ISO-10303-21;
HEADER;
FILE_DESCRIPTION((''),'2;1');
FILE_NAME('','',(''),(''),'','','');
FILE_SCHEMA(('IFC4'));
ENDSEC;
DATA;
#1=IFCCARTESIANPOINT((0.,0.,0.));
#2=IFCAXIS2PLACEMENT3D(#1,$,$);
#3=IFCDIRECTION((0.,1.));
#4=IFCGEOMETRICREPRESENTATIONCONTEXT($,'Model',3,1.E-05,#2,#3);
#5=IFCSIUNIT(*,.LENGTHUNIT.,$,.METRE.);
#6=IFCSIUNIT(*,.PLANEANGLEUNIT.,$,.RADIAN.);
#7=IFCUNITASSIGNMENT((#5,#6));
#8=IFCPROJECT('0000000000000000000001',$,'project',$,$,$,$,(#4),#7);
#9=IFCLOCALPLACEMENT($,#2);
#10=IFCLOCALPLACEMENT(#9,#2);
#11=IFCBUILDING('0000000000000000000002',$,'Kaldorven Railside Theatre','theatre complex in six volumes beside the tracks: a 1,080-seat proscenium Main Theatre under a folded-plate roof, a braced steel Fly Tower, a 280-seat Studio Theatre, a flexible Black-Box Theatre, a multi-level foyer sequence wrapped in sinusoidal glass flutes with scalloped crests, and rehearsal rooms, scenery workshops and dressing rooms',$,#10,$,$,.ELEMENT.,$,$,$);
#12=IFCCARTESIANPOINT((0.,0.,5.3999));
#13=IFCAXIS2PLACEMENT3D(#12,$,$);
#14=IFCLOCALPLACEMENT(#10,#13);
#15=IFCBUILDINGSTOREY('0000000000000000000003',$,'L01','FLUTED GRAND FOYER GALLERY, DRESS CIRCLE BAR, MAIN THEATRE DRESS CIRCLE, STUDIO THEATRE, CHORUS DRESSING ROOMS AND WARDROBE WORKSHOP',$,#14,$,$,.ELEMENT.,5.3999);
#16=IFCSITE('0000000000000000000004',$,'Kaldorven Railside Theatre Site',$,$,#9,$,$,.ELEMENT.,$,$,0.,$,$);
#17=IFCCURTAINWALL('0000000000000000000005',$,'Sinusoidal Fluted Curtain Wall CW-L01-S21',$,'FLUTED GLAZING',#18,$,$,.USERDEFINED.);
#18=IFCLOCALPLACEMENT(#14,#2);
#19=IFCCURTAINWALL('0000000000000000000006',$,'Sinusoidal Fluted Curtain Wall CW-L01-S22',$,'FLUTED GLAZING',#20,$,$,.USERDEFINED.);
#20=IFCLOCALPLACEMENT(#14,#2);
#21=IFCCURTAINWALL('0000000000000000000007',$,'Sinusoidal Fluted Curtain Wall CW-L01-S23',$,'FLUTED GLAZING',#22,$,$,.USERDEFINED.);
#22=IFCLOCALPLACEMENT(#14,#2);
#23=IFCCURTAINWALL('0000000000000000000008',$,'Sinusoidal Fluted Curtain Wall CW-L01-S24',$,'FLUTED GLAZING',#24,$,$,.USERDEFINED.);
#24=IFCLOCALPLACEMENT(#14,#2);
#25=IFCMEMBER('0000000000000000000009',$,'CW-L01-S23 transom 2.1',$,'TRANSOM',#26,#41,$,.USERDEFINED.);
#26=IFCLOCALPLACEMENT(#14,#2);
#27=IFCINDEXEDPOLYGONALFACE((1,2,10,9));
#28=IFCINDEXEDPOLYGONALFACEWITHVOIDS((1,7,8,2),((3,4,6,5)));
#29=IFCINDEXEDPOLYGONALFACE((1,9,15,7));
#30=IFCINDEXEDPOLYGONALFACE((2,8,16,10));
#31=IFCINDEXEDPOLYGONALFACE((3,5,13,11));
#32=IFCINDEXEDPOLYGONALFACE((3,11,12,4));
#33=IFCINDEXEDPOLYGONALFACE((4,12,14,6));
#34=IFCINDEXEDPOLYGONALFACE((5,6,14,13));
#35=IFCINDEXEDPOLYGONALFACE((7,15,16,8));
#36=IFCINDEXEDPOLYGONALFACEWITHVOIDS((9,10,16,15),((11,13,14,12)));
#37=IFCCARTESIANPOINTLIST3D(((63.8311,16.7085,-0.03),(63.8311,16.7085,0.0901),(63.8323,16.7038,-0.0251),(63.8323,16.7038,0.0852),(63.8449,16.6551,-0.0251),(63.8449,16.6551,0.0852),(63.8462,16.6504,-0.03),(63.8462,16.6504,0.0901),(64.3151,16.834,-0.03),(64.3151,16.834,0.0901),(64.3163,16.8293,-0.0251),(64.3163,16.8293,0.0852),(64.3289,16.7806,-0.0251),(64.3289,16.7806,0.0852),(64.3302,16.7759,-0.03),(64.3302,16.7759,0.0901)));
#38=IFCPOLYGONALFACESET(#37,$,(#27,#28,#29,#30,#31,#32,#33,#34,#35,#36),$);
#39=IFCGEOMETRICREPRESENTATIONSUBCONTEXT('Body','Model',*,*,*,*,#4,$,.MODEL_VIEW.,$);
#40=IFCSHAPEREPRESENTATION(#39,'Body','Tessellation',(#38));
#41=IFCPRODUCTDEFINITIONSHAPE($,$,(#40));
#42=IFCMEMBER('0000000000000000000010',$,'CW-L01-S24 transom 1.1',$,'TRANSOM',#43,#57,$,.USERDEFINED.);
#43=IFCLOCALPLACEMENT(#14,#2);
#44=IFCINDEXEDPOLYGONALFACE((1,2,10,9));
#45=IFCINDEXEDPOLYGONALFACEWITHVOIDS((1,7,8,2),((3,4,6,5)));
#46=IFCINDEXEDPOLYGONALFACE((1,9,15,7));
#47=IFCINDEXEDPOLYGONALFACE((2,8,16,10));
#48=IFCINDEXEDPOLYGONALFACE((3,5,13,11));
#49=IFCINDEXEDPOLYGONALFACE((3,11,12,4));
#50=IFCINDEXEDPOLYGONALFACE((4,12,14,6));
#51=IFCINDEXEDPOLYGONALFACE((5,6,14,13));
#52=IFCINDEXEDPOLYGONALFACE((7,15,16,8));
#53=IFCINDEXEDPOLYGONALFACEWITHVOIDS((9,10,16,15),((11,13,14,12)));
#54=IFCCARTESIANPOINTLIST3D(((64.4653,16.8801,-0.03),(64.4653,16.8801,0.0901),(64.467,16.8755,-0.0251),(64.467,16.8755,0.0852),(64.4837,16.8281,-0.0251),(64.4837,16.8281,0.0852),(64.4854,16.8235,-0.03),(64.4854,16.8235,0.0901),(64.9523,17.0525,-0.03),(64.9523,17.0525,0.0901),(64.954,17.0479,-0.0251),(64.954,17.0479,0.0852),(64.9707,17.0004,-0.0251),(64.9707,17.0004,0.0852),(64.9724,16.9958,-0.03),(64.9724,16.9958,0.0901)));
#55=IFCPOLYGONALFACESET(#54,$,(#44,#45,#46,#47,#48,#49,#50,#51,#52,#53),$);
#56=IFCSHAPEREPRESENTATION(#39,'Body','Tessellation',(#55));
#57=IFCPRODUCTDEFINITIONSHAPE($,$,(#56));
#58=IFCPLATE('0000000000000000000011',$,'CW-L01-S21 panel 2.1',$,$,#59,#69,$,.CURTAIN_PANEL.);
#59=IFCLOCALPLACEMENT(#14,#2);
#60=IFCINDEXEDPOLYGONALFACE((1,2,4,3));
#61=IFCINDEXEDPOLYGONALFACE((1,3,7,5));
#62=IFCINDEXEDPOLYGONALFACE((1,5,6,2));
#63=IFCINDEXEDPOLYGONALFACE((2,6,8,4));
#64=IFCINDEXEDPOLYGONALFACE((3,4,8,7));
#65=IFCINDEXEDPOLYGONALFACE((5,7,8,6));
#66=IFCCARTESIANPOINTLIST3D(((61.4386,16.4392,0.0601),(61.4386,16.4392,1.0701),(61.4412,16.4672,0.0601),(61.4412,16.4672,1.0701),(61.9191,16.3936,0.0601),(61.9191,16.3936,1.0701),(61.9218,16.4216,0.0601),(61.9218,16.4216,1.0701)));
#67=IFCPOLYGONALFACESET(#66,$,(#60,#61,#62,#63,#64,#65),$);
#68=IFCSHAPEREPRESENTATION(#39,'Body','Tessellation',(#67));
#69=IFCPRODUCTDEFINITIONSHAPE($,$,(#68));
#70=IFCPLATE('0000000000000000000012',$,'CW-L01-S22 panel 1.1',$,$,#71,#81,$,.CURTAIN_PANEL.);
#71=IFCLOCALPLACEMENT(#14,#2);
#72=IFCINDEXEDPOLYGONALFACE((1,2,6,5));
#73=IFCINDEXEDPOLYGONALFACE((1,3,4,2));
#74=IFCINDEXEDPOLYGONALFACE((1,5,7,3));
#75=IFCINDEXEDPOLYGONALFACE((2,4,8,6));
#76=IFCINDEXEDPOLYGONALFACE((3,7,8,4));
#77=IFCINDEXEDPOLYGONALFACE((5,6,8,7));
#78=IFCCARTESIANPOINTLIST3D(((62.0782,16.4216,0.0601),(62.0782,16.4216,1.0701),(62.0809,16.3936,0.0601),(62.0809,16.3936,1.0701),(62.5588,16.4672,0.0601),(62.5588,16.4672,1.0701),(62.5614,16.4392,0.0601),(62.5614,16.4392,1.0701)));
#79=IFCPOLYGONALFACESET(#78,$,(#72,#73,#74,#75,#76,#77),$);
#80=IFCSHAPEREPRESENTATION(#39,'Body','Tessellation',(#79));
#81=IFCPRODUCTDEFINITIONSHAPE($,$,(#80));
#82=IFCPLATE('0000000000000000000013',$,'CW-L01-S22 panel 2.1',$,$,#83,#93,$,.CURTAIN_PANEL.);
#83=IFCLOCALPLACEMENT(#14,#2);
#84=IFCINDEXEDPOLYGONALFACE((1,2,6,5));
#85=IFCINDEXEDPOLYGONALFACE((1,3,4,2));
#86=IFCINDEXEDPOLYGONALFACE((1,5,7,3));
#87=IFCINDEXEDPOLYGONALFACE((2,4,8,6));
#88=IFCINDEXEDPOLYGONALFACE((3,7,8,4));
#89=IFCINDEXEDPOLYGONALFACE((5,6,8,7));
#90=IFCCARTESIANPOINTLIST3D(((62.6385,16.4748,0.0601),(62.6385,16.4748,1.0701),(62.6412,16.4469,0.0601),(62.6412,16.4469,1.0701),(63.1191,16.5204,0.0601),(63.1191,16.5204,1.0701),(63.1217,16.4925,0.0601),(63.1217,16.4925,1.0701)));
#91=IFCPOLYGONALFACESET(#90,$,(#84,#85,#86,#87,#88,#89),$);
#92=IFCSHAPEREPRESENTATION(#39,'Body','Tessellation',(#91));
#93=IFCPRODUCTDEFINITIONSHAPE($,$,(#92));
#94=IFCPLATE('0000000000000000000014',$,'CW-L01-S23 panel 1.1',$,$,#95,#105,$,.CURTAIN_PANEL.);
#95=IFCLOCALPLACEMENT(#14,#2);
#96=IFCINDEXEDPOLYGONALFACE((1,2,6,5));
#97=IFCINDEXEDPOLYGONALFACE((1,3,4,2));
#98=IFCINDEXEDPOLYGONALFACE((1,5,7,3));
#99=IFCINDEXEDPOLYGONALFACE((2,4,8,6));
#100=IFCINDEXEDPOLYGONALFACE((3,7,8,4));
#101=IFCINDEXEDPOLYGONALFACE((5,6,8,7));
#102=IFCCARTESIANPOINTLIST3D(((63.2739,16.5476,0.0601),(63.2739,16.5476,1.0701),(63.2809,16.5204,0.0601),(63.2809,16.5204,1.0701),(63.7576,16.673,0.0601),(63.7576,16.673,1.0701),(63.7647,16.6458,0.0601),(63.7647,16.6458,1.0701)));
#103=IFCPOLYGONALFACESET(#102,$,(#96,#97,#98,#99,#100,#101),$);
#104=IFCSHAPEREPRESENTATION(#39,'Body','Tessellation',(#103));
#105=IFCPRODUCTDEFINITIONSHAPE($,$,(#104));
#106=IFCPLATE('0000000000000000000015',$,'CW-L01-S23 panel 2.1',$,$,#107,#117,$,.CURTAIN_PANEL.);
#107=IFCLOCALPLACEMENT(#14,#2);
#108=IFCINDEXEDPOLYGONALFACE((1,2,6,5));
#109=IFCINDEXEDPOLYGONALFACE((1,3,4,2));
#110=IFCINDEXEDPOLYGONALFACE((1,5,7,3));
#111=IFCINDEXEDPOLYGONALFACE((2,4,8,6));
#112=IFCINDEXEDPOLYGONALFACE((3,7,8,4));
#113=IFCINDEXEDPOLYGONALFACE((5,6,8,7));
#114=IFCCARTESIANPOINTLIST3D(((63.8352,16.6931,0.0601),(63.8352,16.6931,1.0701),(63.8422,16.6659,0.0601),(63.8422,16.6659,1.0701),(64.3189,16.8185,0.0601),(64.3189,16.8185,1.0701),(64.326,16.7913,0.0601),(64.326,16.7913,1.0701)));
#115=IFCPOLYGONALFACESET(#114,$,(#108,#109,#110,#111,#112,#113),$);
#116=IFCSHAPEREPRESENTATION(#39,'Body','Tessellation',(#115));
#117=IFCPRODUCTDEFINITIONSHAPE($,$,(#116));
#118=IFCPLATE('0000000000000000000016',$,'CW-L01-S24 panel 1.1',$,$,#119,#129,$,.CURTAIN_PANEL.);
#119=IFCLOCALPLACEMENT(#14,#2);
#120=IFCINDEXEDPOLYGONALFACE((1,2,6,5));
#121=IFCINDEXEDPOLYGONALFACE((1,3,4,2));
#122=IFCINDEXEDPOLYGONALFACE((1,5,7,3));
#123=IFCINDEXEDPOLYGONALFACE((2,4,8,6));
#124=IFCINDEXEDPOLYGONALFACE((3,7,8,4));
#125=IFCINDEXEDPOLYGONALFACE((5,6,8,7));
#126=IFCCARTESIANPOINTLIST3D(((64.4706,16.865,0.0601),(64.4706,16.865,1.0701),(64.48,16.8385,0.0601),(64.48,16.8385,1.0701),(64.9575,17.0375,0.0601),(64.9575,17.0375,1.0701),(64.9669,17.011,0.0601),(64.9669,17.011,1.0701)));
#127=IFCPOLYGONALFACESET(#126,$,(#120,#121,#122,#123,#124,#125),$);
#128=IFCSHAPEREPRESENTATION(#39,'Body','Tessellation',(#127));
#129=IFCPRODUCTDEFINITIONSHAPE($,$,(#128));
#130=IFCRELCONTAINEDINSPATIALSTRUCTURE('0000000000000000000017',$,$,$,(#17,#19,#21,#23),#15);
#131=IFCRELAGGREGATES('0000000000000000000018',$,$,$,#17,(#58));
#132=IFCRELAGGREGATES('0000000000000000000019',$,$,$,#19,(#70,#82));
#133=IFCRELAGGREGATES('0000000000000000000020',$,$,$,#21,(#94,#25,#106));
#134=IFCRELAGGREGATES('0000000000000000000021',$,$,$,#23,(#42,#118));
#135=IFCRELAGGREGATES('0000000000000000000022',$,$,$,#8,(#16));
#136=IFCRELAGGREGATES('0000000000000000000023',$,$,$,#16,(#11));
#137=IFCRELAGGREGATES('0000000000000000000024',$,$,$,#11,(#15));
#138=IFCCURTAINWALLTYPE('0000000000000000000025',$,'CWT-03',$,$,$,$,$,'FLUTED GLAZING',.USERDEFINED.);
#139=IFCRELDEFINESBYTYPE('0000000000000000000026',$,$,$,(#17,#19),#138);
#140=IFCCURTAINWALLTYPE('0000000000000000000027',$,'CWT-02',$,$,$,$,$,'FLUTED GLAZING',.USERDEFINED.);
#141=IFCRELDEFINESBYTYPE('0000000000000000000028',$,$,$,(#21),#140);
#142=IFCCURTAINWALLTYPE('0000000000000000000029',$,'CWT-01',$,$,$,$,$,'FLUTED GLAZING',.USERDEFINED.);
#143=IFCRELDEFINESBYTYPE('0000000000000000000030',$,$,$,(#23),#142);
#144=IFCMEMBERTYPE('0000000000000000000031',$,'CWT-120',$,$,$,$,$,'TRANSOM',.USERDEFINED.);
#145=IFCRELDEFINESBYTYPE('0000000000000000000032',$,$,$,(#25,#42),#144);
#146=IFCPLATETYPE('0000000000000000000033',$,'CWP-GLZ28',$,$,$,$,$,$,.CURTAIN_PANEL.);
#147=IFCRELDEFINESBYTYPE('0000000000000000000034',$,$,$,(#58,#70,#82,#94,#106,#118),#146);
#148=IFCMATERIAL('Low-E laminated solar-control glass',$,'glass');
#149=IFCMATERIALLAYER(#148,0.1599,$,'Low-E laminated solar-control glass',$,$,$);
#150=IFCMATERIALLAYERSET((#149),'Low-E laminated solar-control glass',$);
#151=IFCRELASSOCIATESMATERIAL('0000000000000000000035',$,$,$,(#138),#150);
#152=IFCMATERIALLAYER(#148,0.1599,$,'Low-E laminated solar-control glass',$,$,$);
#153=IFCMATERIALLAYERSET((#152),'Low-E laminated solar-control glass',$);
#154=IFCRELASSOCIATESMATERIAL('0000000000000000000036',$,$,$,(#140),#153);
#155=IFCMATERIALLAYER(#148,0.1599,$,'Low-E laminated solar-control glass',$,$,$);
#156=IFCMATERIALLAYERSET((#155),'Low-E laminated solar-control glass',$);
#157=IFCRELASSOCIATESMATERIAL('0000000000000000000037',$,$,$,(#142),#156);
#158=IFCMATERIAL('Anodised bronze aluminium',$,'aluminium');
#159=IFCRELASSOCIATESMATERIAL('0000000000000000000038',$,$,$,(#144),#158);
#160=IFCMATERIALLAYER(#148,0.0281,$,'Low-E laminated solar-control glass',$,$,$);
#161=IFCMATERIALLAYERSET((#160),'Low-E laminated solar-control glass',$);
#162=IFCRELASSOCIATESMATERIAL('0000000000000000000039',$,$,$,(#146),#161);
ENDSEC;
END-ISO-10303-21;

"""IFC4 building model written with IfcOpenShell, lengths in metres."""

from ifc_helpers import new_model, si_unit, direction, frame, origin, origin_2d, place, context, subcontext, project, spatial, rectangle, hollow_rectangle, extrude, material, layer, layer_set, material_profile, profile_set, type_object, element, aggregate, save


model = new_model("IFC4")

# Units and contexts
model_context = context("Model", 3, precision=1e-05, world=origin(), true_north=direction((0.0, 1.0)))
body_context = subcontext(model_context, "Body", "Model", "MODEL_VIEW")
ifc_project = project(units=[si_unit("LENGTHUNIT", "METRE"), si_unit("PLANEANGLEUNIT", "RADIAN")], contexts=[model_context])

# Site, building, storey
site_placement = place(None, origin())
site = spatial("IfcSite", under=ifc_project, at=site_placement, Name="Kaldorven Railside Theatre Site", CompositionType="ELEMENT", RefElevation=0.0)
building_placement = place(site_placement, origin())
building = spatial("IfcBuilding", under=site, at=building_placement, Name="Kaldorven Railside Theatre", Description="theatre complex in six volumes beside the tracks: a 1,080-seat proscenium Main Theatre under a folded-plate roof, a braced steel Fly Tower, a 280-seat Studio Theatre, a flexible Black-Box Theatre, a multi-level foyer sequence wrapped in sinusoidal glass flutes with scalloped crests, and rehearsal rooms, scenery workshops and dressing rooms", CompositionType="ELEMENT")
storey_placement = place(building_placement, frame((0.0, 0.0, 5.3999)))
storey = spatial("IfcBuildingStorey", under=building, at=storey_placement, Name="L01", Description="FLUTED GRAND FOYER GALLERY, DRESS CIRCLE BAR, MAIN THEATRE DRESS CIRCLE, STUDIO THEATRE, CHORUS DRESSING ROOMS AND WARDROBE WORKSHOP", CompositionType="ELEMENT", Elevation=5.3999)

# Curtain walls
ifc_material_1 = material(Name="Low-E laminated solar-control glass", Category="glass")
ifc_layer_1 = layer(ifc_material_1, 0.1599, Name="Low-E laminated solar-control glass")
ifc_layer_set_1 = layer_set([ifc_layer_1], Name="Low-E laminated solar-control glass")
curtain_wall_type_1 = type_object("IfcCurtainWallType", Name="CWT-03", ElementType="FLUTED GLAZING", PredefinedType="USERDEFINED", material=ifc_layer_set_1)
curtain_wall_1_placement = place(storey_placement, origin())
curtain_wall_1 = element("IfcCurtainWall", 1, at=curtain_wall_1_placement, inside=storey, type_object=curtain_wall_type_1, Name="Sinusoidal Fluted Curtain Wall CW-L01-S21", ObjectType="FLUTED GLAZING", PredefinedType="USERDEFINED")
ifc_material_2 = material(Name="Anodised bronze aluminium", Category="aluminium")
curtain_wall_2_placement = place(storey_placement, origin())
curtain_wall_2 = element("IfcCurtainWall", 2, at=curtain_wall_2_placement, inside=storey, type_object=curtain_wall_type_1, Name="Sinusoidal Fluted Curtain Wall CW-L01-S22", ObjectType="FLUTED GLAZING", PredefinedType="USERDEFINED")
ifc_layer_2 = layer(ifc_material_1, 0.1599, Name="Low-E laminated solar-control glass")
ifc_layer_set_2 = layer_set([ifc_layer_2], Name="Low-E laminated solar-control glass")
curtain_wall_type_2 = type_object("IfcCurtainWallType", Name="CWT-02", ElementType="FLUTED GLAZING", PredefinedType="USERDEFINED", material=ifc_layer_set_2)
curtain_wall_3_placement = place(storey_placement, origin())
curtain_wall_3 = element("IfcCurtainWall", 3, at=curtain_wall_3_placement, inside=storey, type_object=curtain_wall_type_2, Name="Sinusoidal Fluted Curtain Wall CW-L01-S23", ObjectType="FLUTED GLAZING", PredefinedType="USERDEFINED")

# Curtain wall
ifc_layer_3 = layer(ifc_material_1, 0.1599, Name="Low-E laminated solar-control glass")
ifc_layer_set_3 = layer_set([ifc_layer_3], Name="Low-E laminated solar-control glass")
curtain_wall_type_3 = type_object("IfcCurtainWallType", Name="CWT-01", ElementType="FLUTED GLAZING", PredefinedType="USERDEFINED", material=ifc_layer_set_3)
curtain_wall_4_placement = place(storey_placement, origin())
curtain_wall_4 = element("IfcCurtainWall", 4, at=curtain_wall_4_placement, inside=storey, type_object=curtain_wall_type_3, Name="Sinusoidal Fluted Curtain Wall CW-L01-S24", ObjectType="FLUTED GLAZING", PredefinedType="USERDEFINED")

# Members
ifc_material_profile_1 = material_profile(ifc_material_2, hollow_rectangle(XDim=0.0601, YDim=0.1201, WallThickness=0.0049, at=origin_2d()), Name="RHS 120x60x5")
ifc_profile_set_1 = profile_set([ifc_material_profile_1], Name="Anodised bronze aluminium")
member_type_1 = type_object("IfcMemberType", Name="CWT-120", ElementType="TRANSOM", PredefinedType="USERDEFINED", material=ifc_profile_set_1)
member_1_placement = place(storey_placement, frame((63.8386, 16.6794, 0.03), z_axis=(0.967979, 0.25103, 0.0), x_axis=(-0.25103, 0.967979, 0.0)))
member_1 = element("IfcMember", 5, at=member_1_placement, type_object=member_type_1, Name="CW-L01-S23 transom 2.1", ObjectType="TRANSOM", PredefinedType="USERDEFINED", context=body_context, shape_type="SweptSolid", body=[
    extrude(hollow_rectangle(XDim=0.0601, YDim=0.1201, WallThickness=0.0049, at=origin_2d()), origin(), (0.0, 0.0, 1.0), 0.5),
])
member_2_placement = place(storey_placement, frame((64.4753, 16.8518, 0.03), z_axis=(0.942711, 0.333611, 0.0), x_axis=(-0.333611, 0.942711, 0.0)))
member_2 = element("IfcMember", 6, at=member_2_placement, type_object=member_type_1, Name="CW-L01-S24 transom 1.1", ObjectType="TRANSOM", PredefinedType="USERDEFINED", context=body_context, shape_type="SweptSolid", body=[
    extrude(hollow_rectangle(XDim=0.0601, YDim=0.1201, WallThickness=0.0049, at=origin_2d()), origin(), (0.0, 0.0, 1.0), 0.5166),
])

# Plates
ifc_layer_4 = layer(ifc_material_1, 0.0281, Name="Low-E laminated solar-control glass")
ifc_layer_set_4 = layer_set([ifc_layer_4], Name="Low-E laminated solar-control glass")
plate_type = type_object("IfcPlateType", Name="CWP-GLZ28", PredefinedType="CURTAIN_PANEL", material=ifc_layer_set_4)
plate_1_placement = place(storey_placement, frame((61.6802, 16.4304, 0.0601), z_axis=(0.0, 0.0, 1.0), x_axis=(0.995526, -0.094492, 0.0)))
plate_1 = element("IfcPlate", 7, at=plate_1_placement, type_object=plate_type, Name="CW-L01-S21 panel 2.1", PredefinedType="CURTAIN_PANEL", context=body_context, shape_type="SweptSolid", body=[
    extrude(rectangle(XDim=0.4827, YDim=0.0281, at=origin_2d()), origin(), (0.0, 0.0, 1.0), 1.01),
])
aggregate(curtain_wall_1, [plate_1])
plate_2_placement = place(storey_placement, frame((62.3198, 16.4304, 0.0601), z_axis=(0.0, 0.0, 1.0), x_axis=(0.995526, 0.094492, 0.0)))
plate_2 = element("IfcPlate", 8, at=plate_2_placement, type_object=plate_type, Name="CW-L01-S22 panel 1.1", PredefinedType="CURTAIN_PANEL", context=body_context, shape_type="SweptSolid", body=[
    extrude(rectangle(XDim=0.4827, YDim=0.0281, at=origin_2d()), origin(), (0.0, 0.0, 1.0), 1.01),
])
plate_3_placement = place(storey_placement, frame((62.8801, 16.4836, 0.0601), z_axis=(0.0, 0.0, 1.0), x_axis=(0.995526, 0.094492, 0.0)))
plate_3 = element("IfcPlate", 9, at=plate_3_placement, type_object=plate_type, Name="CW-L01-S22 panel 2.1", PredefinedType="CURTAIN_PANEL", context=body_context, shape_type="SweptSolid", body=[
    extrude(rectangle(XDim=0.4827, YDim=0.0281, at=origin_2d()), origin(), (0.0, 0.0, 1.0), 1.01),
])
aggregate(curtain_wall_2, [plate_2, plate_3])
plate_4_placement = place(storey_placement, frame((63.5193, 16.5967, 0.0601), z_axis=(0.0, 0.0, 1.0), x_axis=(0.967999, 0.250954, 0.0)))
plate_4 = element("IfcPlate", 10, at=plate_4_placement, type_object=plate_type, Name="CW-L01-S23 panel 1.1", PredefinedType="CURTAIN_PANEL", context=body_context, shape_type="SweptSolid", body=[
    extrude(rectangle(XDim=0.4998, YDim=0.0281, at=origin_2d()), origin(), (0.0, 0.0, 1.0), 1.01),
])
plate_5_placement = place(storey_placement, frame((64.0806, 16.7422, 0.0601), z_axis=(0.0, 0.0, 1.0), x_axis=(0.967999, 0.250954, 0.0)))
plate_5 = element("IfcPlate", 11, at=plate_5_placement, type_object=plate_type, Name="CW-L01-S23 panel 2.1", PredefinedType="CURTAIN_PANEL", context=body_context, shape_type="SweptSolid", body=[
    extrude(rectangle(XDim=0.4998, YDim=0.0281, at=origin_2d()), origin(), (0.0, 0.0, 1.0), 1.01),
])
aggregate(curtain_wall_3, [plate_4, member_1, plate_5])
plate_6_placement = place(storey_placement, frame((64.7188, 16.938, 0.0601), z_axis=(0.0, 0.0, 1.0), x_axis=(0.942627, 0.333847, 0.0)))
plate_6 = element("IfcPlate", 12, at=plate_6_placement, type_object=plate_type, Name="CW-L01-S24 panel 1.1", PredefinedType="CURTAIN_PANEL", context=body_context, shape_type="SweptSolid", body=[
    extrude(rectangle(XDim=0.5166, YDim=0.0281, at=origin_2d()), origin(), (0.0, 0.0, 1.0), 1.01),
])
aggregate(curtain_wall_4, [member_2, plate_6])

save(model, "model.ifc")
